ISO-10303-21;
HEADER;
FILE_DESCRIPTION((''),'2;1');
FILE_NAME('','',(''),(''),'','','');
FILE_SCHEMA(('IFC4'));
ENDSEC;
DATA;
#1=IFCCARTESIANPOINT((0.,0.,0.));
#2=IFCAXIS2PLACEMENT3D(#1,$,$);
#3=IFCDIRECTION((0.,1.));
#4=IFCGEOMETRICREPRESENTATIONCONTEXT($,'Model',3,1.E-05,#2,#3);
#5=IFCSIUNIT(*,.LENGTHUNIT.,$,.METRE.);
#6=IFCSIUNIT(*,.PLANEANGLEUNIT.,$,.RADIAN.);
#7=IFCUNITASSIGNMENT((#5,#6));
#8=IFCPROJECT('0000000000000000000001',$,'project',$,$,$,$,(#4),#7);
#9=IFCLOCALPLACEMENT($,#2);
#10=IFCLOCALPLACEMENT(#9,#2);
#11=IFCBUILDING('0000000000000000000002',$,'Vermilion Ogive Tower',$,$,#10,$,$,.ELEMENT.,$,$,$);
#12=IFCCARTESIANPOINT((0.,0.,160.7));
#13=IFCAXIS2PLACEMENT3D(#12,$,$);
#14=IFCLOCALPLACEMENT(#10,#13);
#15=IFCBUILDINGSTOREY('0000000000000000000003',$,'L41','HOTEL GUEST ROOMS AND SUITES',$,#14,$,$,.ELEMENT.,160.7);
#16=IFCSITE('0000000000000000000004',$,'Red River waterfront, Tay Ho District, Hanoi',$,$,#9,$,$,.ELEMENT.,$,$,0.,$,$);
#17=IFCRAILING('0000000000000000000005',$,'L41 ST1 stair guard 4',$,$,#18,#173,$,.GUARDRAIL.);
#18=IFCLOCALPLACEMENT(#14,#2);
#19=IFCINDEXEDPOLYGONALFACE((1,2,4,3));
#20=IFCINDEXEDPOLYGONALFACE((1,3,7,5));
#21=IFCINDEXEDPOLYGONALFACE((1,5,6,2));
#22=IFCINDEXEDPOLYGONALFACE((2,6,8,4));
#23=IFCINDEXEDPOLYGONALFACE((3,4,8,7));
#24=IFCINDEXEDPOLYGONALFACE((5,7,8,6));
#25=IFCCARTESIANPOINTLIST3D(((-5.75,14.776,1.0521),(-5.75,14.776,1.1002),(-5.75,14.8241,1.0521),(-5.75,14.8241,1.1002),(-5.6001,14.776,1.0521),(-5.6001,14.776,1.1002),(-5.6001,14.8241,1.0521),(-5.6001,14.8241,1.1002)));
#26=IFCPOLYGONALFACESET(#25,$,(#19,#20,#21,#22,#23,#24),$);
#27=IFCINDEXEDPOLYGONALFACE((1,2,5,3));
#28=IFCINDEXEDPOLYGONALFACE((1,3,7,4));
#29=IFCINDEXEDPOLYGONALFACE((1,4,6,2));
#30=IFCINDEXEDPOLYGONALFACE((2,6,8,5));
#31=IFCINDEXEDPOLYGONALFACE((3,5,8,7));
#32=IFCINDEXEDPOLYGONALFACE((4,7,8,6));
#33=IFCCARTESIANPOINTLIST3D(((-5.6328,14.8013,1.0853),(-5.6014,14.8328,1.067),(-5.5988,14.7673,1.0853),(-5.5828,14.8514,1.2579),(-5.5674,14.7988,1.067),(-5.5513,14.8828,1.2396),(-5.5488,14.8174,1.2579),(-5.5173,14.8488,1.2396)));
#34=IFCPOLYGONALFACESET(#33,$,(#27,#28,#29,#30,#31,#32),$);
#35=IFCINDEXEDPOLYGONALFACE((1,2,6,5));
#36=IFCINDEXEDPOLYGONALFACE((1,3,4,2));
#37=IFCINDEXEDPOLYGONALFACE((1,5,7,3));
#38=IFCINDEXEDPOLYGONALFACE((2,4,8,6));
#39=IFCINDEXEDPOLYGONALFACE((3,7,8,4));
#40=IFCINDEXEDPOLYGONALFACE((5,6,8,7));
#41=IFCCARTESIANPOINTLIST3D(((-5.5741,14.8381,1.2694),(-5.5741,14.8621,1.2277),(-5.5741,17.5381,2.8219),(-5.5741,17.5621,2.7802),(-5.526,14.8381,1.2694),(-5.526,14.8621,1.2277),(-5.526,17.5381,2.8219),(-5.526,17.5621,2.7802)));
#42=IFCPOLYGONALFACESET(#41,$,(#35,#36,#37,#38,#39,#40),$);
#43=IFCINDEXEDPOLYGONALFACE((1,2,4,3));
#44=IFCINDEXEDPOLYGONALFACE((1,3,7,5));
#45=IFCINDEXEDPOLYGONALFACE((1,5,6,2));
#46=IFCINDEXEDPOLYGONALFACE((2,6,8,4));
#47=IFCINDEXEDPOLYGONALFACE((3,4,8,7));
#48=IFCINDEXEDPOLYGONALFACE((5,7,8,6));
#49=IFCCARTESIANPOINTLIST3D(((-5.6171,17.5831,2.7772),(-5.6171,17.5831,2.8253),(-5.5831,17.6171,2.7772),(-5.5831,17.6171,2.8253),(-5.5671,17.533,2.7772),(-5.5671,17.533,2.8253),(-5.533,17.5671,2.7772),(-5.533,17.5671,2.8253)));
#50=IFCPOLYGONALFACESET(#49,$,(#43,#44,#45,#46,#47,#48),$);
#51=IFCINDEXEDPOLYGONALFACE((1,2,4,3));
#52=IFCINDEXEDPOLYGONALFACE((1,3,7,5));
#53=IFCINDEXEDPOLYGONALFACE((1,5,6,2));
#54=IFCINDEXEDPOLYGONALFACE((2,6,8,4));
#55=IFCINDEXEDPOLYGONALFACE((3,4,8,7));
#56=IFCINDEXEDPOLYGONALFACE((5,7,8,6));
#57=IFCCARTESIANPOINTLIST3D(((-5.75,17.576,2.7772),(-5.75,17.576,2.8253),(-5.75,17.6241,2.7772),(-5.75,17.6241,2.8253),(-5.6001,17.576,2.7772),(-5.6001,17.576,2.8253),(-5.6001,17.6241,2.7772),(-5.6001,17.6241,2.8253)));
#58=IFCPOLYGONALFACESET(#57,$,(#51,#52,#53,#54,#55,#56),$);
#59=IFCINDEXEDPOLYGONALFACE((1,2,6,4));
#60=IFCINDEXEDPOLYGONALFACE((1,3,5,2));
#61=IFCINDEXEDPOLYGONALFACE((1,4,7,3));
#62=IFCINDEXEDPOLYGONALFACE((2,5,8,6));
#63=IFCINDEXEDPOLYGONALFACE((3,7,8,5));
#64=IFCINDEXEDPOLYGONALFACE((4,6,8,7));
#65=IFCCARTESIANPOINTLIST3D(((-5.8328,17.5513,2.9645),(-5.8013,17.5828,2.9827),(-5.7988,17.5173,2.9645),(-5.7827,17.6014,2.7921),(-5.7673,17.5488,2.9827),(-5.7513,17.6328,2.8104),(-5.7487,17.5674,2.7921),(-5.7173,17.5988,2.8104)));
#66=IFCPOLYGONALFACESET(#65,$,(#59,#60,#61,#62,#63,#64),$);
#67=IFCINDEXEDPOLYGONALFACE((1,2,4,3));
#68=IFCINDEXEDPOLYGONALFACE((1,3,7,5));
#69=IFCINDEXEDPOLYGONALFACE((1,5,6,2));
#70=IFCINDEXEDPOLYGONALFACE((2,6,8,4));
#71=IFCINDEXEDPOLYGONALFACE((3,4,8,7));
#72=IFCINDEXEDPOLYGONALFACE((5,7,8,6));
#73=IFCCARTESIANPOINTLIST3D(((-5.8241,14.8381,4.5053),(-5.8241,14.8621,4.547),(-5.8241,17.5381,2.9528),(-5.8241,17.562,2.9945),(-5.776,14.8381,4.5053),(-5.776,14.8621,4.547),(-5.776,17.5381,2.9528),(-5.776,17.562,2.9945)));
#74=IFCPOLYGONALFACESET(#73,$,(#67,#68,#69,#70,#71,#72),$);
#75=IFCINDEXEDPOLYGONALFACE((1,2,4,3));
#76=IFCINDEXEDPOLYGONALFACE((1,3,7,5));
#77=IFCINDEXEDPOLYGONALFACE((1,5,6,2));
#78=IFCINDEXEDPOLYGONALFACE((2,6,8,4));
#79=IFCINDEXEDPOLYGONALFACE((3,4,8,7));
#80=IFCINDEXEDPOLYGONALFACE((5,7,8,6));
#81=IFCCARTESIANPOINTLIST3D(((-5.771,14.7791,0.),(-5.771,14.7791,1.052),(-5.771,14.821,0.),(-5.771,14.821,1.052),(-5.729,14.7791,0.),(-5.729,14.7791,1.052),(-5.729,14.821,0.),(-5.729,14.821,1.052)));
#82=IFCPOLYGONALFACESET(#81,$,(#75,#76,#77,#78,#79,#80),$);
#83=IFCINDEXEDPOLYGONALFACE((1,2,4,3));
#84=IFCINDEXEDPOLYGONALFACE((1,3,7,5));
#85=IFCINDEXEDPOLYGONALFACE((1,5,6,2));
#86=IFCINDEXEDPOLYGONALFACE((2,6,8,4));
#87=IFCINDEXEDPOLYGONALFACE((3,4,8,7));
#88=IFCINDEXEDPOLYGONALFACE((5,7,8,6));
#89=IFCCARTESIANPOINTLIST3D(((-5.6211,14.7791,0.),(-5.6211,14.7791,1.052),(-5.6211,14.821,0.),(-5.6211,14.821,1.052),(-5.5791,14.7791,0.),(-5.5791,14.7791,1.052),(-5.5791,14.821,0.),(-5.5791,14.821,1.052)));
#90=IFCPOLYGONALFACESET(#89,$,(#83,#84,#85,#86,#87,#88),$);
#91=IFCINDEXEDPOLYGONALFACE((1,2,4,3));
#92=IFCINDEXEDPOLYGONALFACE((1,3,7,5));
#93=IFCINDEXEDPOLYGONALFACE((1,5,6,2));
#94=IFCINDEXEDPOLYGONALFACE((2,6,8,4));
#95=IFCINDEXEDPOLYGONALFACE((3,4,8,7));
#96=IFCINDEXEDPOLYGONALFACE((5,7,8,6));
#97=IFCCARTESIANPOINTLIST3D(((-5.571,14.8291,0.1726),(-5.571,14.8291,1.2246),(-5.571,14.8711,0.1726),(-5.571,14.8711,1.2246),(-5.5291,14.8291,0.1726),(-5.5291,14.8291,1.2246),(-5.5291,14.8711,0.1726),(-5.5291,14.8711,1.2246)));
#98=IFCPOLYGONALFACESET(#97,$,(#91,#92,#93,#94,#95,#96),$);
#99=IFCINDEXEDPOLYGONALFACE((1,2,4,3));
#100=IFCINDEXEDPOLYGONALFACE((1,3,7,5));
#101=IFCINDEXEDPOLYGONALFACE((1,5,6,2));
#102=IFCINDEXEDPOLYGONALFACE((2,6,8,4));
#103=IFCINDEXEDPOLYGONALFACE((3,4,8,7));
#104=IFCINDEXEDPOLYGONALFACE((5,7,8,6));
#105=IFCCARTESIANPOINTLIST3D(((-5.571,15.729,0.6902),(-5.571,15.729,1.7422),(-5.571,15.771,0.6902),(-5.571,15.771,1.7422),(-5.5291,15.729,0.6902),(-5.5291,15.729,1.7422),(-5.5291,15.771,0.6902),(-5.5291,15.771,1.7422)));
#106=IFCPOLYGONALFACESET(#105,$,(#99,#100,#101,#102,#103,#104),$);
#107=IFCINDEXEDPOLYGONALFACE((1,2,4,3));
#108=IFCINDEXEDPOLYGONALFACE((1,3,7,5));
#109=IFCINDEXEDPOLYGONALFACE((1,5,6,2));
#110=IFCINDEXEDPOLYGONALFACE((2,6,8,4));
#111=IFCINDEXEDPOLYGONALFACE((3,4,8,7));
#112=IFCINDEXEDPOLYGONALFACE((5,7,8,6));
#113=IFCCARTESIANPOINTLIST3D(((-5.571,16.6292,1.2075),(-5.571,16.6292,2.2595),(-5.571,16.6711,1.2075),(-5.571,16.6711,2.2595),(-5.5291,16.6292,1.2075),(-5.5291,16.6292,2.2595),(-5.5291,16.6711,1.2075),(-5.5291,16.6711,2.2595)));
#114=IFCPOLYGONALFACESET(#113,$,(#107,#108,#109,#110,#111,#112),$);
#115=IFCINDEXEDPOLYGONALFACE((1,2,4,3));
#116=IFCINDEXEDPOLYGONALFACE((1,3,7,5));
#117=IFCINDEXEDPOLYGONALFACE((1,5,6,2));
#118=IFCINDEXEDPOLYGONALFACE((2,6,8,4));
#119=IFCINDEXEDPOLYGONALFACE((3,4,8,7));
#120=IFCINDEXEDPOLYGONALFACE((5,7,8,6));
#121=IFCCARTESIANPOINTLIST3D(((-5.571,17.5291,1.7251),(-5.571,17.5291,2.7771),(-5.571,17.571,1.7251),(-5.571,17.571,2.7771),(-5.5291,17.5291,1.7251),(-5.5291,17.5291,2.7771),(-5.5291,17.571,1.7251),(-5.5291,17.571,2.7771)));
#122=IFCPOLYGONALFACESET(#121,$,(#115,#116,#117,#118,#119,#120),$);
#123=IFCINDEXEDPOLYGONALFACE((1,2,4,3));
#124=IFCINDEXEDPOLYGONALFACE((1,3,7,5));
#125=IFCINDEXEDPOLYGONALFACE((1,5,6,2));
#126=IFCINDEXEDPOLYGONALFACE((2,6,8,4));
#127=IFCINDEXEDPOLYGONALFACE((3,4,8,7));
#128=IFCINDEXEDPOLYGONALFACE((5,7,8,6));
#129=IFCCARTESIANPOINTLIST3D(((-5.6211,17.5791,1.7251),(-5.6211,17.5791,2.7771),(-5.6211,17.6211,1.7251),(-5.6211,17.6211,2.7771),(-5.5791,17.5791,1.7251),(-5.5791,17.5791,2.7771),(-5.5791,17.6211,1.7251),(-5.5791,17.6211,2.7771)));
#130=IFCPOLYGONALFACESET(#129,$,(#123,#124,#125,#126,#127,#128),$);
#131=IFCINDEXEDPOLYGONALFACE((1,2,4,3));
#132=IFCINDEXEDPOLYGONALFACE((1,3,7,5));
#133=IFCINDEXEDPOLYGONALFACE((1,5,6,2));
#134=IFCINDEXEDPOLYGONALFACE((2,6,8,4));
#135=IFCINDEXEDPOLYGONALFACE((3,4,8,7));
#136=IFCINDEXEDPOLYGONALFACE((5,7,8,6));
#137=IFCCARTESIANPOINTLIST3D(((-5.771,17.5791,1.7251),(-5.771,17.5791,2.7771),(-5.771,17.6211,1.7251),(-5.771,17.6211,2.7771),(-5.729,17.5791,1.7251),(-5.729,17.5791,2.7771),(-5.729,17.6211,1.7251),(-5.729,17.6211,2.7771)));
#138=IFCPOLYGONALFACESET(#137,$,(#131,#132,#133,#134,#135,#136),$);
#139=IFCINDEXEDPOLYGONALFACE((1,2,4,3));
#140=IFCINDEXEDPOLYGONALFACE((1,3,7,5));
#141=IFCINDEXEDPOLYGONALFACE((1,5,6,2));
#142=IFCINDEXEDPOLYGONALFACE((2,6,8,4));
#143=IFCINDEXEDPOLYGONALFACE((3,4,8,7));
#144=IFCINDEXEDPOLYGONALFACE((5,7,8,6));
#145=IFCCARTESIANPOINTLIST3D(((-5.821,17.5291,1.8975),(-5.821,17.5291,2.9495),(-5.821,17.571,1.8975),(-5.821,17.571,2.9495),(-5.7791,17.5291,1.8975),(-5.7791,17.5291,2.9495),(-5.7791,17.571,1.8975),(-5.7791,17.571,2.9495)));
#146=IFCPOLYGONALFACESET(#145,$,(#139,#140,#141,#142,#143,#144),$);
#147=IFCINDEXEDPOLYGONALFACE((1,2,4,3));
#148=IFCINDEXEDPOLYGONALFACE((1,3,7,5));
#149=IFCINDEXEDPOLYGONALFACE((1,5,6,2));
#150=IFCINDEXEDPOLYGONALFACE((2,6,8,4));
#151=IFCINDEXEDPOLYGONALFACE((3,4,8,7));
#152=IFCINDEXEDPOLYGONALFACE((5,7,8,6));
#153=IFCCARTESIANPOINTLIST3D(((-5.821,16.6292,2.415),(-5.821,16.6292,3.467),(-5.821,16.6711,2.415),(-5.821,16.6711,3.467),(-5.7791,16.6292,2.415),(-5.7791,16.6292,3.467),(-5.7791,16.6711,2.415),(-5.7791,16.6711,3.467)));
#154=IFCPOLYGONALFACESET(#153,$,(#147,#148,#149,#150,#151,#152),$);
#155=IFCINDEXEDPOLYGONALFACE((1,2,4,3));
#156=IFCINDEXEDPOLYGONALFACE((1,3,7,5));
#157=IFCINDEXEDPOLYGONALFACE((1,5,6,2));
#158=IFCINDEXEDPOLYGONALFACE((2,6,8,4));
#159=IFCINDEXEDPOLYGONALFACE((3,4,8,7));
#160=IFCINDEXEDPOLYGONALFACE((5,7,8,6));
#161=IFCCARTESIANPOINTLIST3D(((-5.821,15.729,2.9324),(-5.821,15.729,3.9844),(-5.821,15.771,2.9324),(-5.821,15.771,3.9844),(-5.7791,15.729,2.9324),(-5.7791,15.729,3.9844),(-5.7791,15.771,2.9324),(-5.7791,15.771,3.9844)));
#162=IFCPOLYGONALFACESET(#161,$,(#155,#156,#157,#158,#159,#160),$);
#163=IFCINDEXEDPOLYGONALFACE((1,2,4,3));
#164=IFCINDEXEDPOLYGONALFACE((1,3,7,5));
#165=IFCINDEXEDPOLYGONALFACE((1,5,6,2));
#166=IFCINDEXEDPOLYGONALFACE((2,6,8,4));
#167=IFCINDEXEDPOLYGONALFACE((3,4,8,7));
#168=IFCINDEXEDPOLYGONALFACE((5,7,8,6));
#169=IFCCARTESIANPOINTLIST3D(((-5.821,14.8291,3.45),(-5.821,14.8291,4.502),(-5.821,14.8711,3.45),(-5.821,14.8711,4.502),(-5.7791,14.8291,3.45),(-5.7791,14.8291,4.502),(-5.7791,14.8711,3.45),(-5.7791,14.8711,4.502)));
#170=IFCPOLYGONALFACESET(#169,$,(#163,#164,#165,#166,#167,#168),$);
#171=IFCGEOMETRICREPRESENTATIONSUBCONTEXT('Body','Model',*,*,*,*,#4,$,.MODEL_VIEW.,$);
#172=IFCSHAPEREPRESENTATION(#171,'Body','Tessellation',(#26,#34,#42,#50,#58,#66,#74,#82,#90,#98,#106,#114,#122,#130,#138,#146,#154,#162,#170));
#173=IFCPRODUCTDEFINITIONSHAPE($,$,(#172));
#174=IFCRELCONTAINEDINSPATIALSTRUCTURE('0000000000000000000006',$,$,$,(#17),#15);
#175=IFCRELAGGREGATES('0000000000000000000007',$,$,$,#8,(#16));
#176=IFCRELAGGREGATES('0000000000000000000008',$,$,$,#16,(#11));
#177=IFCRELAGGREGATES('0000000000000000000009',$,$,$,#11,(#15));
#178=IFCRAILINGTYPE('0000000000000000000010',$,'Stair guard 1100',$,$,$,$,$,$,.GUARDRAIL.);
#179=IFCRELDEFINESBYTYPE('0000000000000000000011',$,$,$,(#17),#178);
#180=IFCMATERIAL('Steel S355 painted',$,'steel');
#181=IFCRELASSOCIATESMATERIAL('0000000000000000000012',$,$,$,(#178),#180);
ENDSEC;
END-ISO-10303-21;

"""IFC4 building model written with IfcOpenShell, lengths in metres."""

from ifc_helpers import new_model, si_unit, direction, frame, origin, origin_2d, place, context, subcontext, project, spatial, rectangle, extrude, material, type_object, element, save


model = new_model("IFC4")

# Units and contexts
model_context = context("Model", 3, precision=1e-05, world=origin(), true_north=direction((0.0, 1.0)))
body_context = subcontext(model_context, "Body", "Model", "MODEL_VIEW")
ifc_project = project(units=[si_unit("LENGTHUNIT", "METRE"), si_unit("PLANEANGLEUNIT", "RADIAN")], contexts=[model_context])

# Site, building, storey
site_placement = place(None, origin())
site = spatial("IfcSite", under=ifc_project, at=site_placement, Name="Red River waterfront, Tay Ho District, Hanoi", CompositionType="ELEMENT", RefElevation=0.0)
building_placement = place(site_placement, origin())
building = spatial("IfcBuilding", under=site, at=building_placement, Name="Vermilion Ogive Tower", CompositionType="ELEMENT")
storey_placement = place(building_placement, frame((0.0, 0.0, 160.7)))
storey = spatial("IfcBuildingStorey", under=building, at=storey_placement, Name="L41", Description="HOTEL GUEST ROOMS AND SUITES", CompositionType="ELEMENT", Elevation=160.7)

# Railing
ifc_material_1 = material(Name="Steel S355 painted", Category="steel")
railing_type = type_object("IfcRailingType", Name="Stair guard 1100", PredefinedType="GUARDRAIL", material=ifc_material_1)
railing_placement = place(storey_placement, frame((-5.75, 14.8, 0.0)))
element("IfcRailing", 1, at=railing_placement, inside=storey, type_object=railing_type, Name="L41 ST1 stair guard 4", PredefinedType="GUARDRAIL", context=body_context, shape_type="SweptSolid", body=[
    extrude(rectangle(XDim=0.0481, YDim=0.0481, at=origin_2d()), frame((0.0, 0.0, 1.0762), z_axis=(1.0, 0.0, 0.0), x_axis=(0.0, 1.0, 0.0)), (0.0, 0.0, 1.0), 0.1499),
    extrude(rectangle(XDim=0.0481, YDim=0.0481, at=origin_2d()), frame((0.1499, 0.0, 1.0762), z_axis=(0.268278, 0.268278, 0.925232), x_axis=(-0.707107, 0.707107, 0.0)), (0.0, 0.0, 1.0), 0.1865),
    extrude(rectangle(XDim=0.0481, YDim=0.0481, at=origin_2d()), frame((0.2, 0.05, 1.2485), z_axis=(0.0, 0.866904, 0.498476), x_axis=(-1.0, 0.0, 0.0)), (0.0, 0.0, 1.0), 3.1145),
    extrude(rectangle(XDim=0.0481, YDim=0.0481, at=origin_2d()), frame((0.2, 2.75, 2.8013), z_axis=(-0.707107, 0.707107, 0.0), x_axis=(-0.707107, -0.707107, 0.0)), (0.0, 0.0, 1.0), 0.0708),
    extrude(rectangle(XDim=0.0481, YDim=0.0481, at=origin_2d()), frame((0.1499, 2.8, 2.8013), z_axis=(-1.0, 0.0, 0.0), x_axis=(0.0, -1.0, 0.0)), (0.0, 0.0, 1.0), 0.1499),
    extrude(rectangle(XDim=0.0481, YDim=0.0481, at=origin_2d()), frame((0.0, 2.8, 2.8013), z_axis=(-0.268603, -0.268603, 0.925043), x_axis=(0.707107, -0.707107, 0.0)), (0.0, 0.0, 1.0), 0.1863),
    extrude(rectangle(XDim=0.0481, YDim=0.0481, at=origin_2d()), frame((-0.05, 2.75, 2.9736), z_axis=(0.0, -0.866904, 0.498476), x_axis=(1.0, 0.0, 0.0)), (0.0, 0.0, 1.0), 3.1145),
    extrude(rectangle(XDim=0.042, YDim=0.042, at=origin_2d()), origin(), (0.0, 0.0, 1.0), 1.052),
    extrude(rectangle(XDim=0.042, YDim=0.042, at=origin_2d()), frame((0.1499, 0.0, 0.0)), (0.0, 0.0, 1.0), 1.052),
    extrude(rectangle(XDim=0.042, YDim=0.042, at=origin_2d()), frame((0.2, 0.05, 0.1726)), (0.0, 0.0, 1.0), 1.052),
    extrude(rectangle(XDim=0.042, YDim=0.042, at=origin_2d()), frame((0.2, 0.95, 0.6902)), (0.0, 0.0, 1.0), 1.052),
    extrude(rectangle(XDim=0.042, YDim=0.042, at=origin_2d()), frame((0.2, 1.8501, 1.2075)), (0.0, 0.0, 1.0), 1.052),
    extrude(rectangle(XDim=0.042, YDim=0.042, at=origin_2d()), frame((0.2, 2.75, 1.7251)), (0.0, 0.0, 1.0), 1.052),
    extrude(rectangle(XDim=0.042, YDim=0.042, at=origin_2d()), frame((0.1499, 2.8, 1.7251)), (0.0, 0.0, 1.0), 1.052),
    extrude(rectangle(XDim=0.042, YDim=0.042, at=origin_2d()), frame((0.0, 2.8, 1.7251)), (0.0, 0.0, 1.0), 1.052),
    extrude(rectangle(XDim=0.042, YDim=0.042, at=origin_2d()), frame((-0.05, 2.75, 1.8975)), (0.0, 0.0, 1.0), 1.052),
    extrude(rectangle(XDim=0.042, YDim=0.042, at=origin_2d()), frame((-0.05, 1.8501, 2.415)), (0.0, 0.0, 1.0), 1.052),
    extrude(rectangle(XDim=0.042, YDim=0.042, at=origin_2d()), frame((-0.05, 0.95, 2.9324)), (0.0, 0.0, 1.0), 1.052),
    extrude(rectangle(XDim=0.042, YDim=0.042, at=origin_2d()), frame((-0.05, 0.05, 3.45)), (0.0, 0.0, 1.0), 1.052),
])

save(model, "model.ifc")
